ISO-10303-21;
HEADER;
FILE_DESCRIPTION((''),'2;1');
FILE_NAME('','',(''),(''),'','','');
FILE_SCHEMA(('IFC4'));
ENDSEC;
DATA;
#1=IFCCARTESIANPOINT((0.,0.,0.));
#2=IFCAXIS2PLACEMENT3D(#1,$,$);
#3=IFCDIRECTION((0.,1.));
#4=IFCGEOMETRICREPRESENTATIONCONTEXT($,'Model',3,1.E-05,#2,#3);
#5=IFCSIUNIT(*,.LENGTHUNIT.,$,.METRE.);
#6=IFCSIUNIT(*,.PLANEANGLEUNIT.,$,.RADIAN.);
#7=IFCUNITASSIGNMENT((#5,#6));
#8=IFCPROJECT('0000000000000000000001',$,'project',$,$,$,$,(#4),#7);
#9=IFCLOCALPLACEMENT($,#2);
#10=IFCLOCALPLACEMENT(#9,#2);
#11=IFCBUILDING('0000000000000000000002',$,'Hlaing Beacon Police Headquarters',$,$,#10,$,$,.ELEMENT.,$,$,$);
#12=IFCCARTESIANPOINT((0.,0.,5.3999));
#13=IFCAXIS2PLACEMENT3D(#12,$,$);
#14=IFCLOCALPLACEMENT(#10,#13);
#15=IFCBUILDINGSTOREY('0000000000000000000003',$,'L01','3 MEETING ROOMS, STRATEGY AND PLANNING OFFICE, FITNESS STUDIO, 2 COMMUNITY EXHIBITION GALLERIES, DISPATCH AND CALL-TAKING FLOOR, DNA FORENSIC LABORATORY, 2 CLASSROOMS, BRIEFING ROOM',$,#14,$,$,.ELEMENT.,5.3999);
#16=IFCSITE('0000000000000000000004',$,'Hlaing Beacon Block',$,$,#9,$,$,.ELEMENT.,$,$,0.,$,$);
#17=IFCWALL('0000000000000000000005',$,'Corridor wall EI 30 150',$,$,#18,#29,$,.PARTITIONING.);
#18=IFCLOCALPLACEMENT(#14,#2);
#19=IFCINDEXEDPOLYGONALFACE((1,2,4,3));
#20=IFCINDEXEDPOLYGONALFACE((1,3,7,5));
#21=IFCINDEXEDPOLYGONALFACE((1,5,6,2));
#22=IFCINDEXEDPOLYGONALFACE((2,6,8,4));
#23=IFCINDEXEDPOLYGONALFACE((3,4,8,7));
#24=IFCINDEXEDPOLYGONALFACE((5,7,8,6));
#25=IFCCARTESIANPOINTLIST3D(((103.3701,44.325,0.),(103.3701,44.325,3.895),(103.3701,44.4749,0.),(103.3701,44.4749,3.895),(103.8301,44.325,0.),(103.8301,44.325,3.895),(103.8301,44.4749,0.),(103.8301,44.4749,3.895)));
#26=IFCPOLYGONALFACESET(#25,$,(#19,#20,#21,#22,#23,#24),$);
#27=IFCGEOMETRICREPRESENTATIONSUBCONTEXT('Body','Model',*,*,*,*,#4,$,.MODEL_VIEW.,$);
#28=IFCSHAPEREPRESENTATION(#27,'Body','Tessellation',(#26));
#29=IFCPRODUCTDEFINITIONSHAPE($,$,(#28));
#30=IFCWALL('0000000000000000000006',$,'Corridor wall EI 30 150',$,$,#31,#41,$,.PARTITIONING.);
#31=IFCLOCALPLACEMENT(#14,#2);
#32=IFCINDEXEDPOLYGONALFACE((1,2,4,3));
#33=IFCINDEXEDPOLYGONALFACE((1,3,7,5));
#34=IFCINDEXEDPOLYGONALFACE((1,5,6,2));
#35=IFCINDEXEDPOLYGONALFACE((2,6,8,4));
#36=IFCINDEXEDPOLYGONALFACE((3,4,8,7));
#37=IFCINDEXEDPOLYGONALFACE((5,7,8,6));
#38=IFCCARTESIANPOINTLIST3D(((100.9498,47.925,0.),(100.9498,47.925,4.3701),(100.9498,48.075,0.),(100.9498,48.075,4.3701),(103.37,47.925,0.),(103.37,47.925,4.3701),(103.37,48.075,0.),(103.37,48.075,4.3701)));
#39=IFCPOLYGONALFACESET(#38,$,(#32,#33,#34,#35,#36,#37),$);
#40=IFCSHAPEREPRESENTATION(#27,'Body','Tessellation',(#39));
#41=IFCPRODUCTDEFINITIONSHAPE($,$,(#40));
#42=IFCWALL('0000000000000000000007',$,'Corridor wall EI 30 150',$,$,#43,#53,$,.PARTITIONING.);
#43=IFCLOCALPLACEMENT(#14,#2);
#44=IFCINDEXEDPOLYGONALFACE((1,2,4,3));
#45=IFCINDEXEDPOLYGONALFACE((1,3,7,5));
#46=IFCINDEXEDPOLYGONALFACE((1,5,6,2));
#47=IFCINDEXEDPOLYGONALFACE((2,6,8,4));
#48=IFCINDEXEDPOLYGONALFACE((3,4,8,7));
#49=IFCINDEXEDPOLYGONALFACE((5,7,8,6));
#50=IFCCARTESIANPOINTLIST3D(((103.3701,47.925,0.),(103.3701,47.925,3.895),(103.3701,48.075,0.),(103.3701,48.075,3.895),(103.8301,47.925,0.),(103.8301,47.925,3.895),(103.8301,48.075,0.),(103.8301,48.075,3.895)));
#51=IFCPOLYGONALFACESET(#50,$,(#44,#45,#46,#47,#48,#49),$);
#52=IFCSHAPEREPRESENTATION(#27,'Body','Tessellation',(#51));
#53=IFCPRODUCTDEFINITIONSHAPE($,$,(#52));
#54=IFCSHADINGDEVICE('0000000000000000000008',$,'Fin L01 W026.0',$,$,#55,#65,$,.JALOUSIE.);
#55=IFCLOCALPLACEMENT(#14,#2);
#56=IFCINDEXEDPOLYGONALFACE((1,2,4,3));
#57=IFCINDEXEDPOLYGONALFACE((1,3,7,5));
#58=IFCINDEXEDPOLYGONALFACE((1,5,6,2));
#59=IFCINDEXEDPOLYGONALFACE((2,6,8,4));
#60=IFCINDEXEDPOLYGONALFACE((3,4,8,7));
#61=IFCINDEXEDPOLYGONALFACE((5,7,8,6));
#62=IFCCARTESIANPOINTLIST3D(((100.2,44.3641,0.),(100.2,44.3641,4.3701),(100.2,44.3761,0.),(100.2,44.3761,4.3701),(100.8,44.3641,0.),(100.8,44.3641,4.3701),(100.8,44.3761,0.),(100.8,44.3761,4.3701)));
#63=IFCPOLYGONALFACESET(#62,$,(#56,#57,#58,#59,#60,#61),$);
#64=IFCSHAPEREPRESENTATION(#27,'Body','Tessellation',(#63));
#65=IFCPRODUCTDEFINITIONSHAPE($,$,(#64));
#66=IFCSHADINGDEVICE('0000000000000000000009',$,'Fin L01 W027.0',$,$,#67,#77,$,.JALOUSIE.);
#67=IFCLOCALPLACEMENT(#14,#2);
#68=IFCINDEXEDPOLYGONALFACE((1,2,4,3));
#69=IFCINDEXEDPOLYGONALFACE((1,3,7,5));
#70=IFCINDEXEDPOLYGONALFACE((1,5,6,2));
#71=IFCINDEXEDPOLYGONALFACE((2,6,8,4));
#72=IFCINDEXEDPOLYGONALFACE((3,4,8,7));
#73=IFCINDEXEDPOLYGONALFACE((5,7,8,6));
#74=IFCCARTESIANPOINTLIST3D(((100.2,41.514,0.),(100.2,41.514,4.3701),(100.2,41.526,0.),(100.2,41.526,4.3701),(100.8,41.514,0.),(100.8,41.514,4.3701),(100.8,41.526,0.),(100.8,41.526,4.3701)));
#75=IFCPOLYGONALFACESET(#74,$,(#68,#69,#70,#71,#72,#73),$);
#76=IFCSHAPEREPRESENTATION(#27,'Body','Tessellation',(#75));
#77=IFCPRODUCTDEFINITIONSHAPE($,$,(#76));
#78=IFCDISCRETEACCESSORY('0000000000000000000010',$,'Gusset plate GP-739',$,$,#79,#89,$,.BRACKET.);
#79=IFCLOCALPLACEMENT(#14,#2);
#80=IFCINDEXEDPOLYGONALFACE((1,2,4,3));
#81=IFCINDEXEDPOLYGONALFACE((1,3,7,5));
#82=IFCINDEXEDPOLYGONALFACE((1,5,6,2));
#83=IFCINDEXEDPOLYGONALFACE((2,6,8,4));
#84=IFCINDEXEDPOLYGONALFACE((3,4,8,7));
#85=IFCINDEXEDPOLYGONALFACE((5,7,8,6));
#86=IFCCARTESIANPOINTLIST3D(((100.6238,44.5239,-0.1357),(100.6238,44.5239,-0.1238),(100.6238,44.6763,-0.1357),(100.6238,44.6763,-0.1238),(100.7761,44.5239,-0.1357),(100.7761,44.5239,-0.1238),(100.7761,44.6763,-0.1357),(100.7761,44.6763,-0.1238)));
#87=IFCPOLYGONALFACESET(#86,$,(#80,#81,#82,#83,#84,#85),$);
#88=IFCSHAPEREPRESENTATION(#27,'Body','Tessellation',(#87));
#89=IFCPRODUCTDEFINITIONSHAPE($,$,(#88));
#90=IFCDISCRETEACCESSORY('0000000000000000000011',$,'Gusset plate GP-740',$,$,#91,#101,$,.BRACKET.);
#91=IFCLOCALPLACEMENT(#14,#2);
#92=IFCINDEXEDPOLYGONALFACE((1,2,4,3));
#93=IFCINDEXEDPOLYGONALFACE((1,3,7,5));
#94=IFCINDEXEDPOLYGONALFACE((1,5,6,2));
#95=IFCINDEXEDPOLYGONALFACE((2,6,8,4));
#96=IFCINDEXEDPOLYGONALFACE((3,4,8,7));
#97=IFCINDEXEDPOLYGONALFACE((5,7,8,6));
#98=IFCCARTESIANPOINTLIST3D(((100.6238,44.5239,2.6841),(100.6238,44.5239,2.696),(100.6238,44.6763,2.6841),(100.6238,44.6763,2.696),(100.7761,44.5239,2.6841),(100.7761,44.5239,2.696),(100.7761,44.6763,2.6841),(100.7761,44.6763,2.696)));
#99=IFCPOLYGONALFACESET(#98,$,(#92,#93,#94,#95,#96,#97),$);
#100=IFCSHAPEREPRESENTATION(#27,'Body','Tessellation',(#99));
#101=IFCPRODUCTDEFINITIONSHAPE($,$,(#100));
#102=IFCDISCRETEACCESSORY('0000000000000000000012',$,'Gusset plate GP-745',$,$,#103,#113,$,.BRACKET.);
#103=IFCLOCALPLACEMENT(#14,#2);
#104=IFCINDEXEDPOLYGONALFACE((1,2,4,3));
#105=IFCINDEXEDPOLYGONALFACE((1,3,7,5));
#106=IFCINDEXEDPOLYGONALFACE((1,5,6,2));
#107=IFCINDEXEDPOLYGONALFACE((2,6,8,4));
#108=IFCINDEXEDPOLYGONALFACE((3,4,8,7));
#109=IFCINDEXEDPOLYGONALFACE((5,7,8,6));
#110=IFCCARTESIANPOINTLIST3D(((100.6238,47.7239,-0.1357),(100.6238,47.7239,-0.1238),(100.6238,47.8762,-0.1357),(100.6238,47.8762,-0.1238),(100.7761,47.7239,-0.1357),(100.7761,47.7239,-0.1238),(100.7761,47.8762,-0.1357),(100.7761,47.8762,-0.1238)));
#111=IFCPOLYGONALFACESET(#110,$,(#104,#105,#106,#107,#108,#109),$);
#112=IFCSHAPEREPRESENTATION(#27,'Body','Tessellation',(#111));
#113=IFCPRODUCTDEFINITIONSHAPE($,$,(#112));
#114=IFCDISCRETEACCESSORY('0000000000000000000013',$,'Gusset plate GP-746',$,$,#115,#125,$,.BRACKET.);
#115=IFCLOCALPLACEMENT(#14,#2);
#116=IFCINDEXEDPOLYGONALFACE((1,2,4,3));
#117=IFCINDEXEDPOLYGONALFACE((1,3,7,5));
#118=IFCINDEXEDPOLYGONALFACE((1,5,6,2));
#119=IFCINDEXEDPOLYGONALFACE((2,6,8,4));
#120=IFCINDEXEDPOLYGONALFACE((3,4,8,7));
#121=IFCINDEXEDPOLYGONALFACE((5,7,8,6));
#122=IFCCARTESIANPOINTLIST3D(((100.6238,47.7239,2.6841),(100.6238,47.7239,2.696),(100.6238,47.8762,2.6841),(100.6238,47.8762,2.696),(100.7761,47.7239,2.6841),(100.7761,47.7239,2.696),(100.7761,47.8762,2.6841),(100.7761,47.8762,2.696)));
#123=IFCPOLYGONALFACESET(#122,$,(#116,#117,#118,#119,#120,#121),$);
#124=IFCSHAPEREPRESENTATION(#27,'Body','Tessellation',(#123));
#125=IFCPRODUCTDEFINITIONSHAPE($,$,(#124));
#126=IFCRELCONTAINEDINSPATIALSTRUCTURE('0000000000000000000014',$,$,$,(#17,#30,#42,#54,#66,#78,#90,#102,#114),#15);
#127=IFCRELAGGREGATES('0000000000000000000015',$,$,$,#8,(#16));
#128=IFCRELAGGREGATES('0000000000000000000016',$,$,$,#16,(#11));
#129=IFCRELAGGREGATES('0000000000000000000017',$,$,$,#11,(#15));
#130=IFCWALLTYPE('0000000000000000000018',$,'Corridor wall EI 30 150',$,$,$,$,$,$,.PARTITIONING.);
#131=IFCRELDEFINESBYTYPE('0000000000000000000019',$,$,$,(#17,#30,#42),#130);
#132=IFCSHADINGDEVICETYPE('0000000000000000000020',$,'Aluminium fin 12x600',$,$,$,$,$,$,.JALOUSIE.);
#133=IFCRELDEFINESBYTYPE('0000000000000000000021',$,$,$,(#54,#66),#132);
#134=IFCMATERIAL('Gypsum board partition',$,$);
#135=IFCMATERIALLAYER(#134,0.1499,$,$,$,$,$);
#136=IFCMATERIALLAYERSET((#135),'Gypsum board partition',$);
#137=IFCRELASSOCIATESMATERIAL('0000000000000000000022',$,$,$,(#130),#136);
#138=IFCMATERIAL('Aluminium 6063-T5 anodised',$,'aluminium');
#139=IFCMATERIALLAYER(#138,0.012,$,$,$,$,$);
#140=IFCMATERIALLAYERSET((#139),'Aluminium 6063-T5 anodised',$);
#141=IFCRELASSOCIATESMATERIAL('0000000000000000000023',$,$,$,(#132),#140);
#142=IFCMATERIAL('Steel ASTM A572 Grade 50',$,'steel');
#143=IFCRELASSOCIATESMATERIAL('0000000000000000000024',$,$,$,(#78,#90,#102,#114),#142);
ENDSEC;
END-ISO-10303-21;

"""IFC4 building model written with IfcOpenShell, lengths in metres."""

from ifc_helpers import new_model, si_unit, direction, frame, frame_2d, origin, origin_2d, place, context, subcontext, project, spatial, rectangle, extrude, material, layer, layer_set, type_object, element, save


model = new_model("IFC4")

# Units and contexts
model_context = context("Model", 3, precision=1e-05, world=origin(), true_north=direction((0.0, 1.0)))
body_context = subcontext(model_context, "Body", "Model", "MODEL_VIEW")
ifc_project = project(units=[si_unit("LENGTHUNIT", "METRE"), si_unit("PLANEANGLEUNIT", "RADIAN")], contexts=[model_context])

# Site, building, storey
site_placement = place(None, origin())
site = spatial("IfcSite", under=ifc_project, at=site_placement, Name="Hlaing Beacon Block", CompositionType="ELEMENT", RefElevation=0.0)
building_placement = place(site_placement, origin())
building = spatial("IfcBuilding", under=site, at=building_placement, Name="Hlaing Beacon Police Headquarters", CompositionType="ELEMENT")
storey_placement = place(building_placement, frame((0.0, 0.0, 5.3999)))
storey = spatial("IfcBuildingStorey", under=building, at=storey_placement, Name="L01", Description="3 MEETING ROOMS, STRATEGY AND PLANNING OFFICE, FITNESS STUDIO, 2 COMMUNITY EXHIBITION GALLERIES, DISPATCH AND CALL-TAKING FLOOR, DNA FORENSIC LABORATORY, 2 CLASSROOMS, BRIEFING ROOM", CompositionType="ELEMENT", Elevation=5.3999)

# Walls
ifc_material_1 = material(Name="Gypsum board partition")
ifc_layer_1 = layer(ifc_material_1, 0.1499)
ifc_layer_set_1 = layer_set([ifc_layer_1], Name="Gypsum board partition")
wall_type_1 = type_object("IfcWallType", Name="Corridor wall EI 30 150", PredefinedType="PARTITIONING", material=ifc_layer_set_1)
wall_1_placement = place(storey_placement, frame((103.3701, 44.3999, 0.0), z_axis=(0.0, 0.0, 1.0), x_axis=(1.0, 0.0, 0.0)))
element("IfcWall", 1, at=wall_1_placement, inside=storey, type_object=wall_type_1, Name="Corridor wall EI 30 150", PredefinedType="PARTITIONING", context=body_context, shape_type="SweptSolid", body=[
    extrude(rectangle(XDim=0.46, YDim=0.1499, at=frame_2d((0.23, 0.0))), origin(), (0.0, 0.0, 1.0), 3.895),
])
wall_2_placement = place(storey_placement, frame((100.95, 48.0, 0.0), z_axis=(0.0, 0.0, 1.0), x_axis=(1.0, 0.0, 0.0)))
element("IfcWall", 2, at=wall_2_placement, inside=storey, type_object=wall_type_1, Name="Corridor wall EI 30 150", PredefinedType="PARTITIONING", context=body_context, shape_type="SweptSolid", body=[
    extrude(rectangle(XDim=2.4202, YDim=0.1499, at=frame_2d((1.21, 0.0))), origin(), (0.0, 0.0, 1.0), 4.3701),
])
wall_3_placement = place(storey_placement, frame((103.3701, 48.0, 0.0), z_axis=(0.0, 0.0, 1.0), x_axis=(1.0, 0.0, 0.0)))
element("IfcWall", 3, at=wall_3_placement, inside=storey, type_object=wall_type_1, Name="Corridor wall EI 30 150", PredefinedType="PARTITIONING", context=body_context, shape_type="SweptSolid", body=[
    extrude(rectangle(XDim=0.46, YDim=0.1499, at=frame_2d((0.23, 0.0))), origin(), (0.0, 0.0, 1.0), 3.895),
])

# Shading devices
ifc_material_2 = material(Name="Aluminium 6063-T5 anodised", Category="aluminium")
ifc_layer_2 = layer(ifc_material_2, 0.012)
ifc_layer_set_2 = layer_set([ifc_layer_2], Name="Aluminium 6063-T5 anodised")
shading_device_type = type_object("IfcShadingDeviceType", Name="Aluminium fin 12x600", PredefinedType="JALOUSIE", material=ifc_layer_set_2)
for number, where, z_axis, x_axis, name in (
    (4, (100.5, 44.3701, 0.0), (0.0, 0.0, 1.0), (0.0, -1.0, 0.0), "Fin L01 W026.0"),
    (5, (100.5, 41.52, 0.0), (0.0, 0.0, 1.0), (0.0, -1.0, 0.0), "Fin L01 W027.0"),
):
    element("IfcShadingDevice", number, at=place(storey_placement, frame(where, z_axis=z_axis, x_axis=x_axis)), inside=storey, type_object=shading_device_type, Name=name, PredefinedType="JALOUSIE", context=body_context, shape_type="SweptSolid", body=[
        extrude(rectangle(XDim=0.012, YDim=0.6001, at=origin_2d()), origin(), (0.0, 0.0, 1.0), 4.3701),
    ])

# Discrete accessories
ifc_material_3 = material(Name="Steel ASTM A572 Grade 50", Category="steel")
for number, where, z_axis, x_axis, name in (
    (6, (100.7, 44.6001, -0.1238), (0.0, 0.0, -1.0), (1.0, 0.0, 0.0), "Gusset plate GP-739"),
    (7, (100.7, 44.6001, 2.6841), (0.0, 0.0, 1.0), (1.0, 0.0, 0.0), "Gusset plate GP-740"),
    (8, (100.7, 47.8, -0.1238), (0.0, 0.0, -1.0), (1.0, 0.0, 0.0), "Gusset plate GP-745"),
    (9, (100.7, 47.8, 2.6841), (0.0, 0.0, 1.0), (1.0, 0.0, 0.0), "Gusset plate GP-746"),
):
    element("IfcDiscreteAccessory", number, at=place(storey_placement, frame(where, z_axis=z_axis, x_axis=x_axis)), inside=storey, material=ifc_material_3, Name=name, PredefinedType="BRACKET", context=body_context, shape_type="SweptSolid", body=[
        extrude(rectangle(XDim=0.1523, YDim=0.1523, at=origin_2d()), origin(), (0.0, 0.0, 1.0), 0.012),
    ])

save(model, "model.ifc")
